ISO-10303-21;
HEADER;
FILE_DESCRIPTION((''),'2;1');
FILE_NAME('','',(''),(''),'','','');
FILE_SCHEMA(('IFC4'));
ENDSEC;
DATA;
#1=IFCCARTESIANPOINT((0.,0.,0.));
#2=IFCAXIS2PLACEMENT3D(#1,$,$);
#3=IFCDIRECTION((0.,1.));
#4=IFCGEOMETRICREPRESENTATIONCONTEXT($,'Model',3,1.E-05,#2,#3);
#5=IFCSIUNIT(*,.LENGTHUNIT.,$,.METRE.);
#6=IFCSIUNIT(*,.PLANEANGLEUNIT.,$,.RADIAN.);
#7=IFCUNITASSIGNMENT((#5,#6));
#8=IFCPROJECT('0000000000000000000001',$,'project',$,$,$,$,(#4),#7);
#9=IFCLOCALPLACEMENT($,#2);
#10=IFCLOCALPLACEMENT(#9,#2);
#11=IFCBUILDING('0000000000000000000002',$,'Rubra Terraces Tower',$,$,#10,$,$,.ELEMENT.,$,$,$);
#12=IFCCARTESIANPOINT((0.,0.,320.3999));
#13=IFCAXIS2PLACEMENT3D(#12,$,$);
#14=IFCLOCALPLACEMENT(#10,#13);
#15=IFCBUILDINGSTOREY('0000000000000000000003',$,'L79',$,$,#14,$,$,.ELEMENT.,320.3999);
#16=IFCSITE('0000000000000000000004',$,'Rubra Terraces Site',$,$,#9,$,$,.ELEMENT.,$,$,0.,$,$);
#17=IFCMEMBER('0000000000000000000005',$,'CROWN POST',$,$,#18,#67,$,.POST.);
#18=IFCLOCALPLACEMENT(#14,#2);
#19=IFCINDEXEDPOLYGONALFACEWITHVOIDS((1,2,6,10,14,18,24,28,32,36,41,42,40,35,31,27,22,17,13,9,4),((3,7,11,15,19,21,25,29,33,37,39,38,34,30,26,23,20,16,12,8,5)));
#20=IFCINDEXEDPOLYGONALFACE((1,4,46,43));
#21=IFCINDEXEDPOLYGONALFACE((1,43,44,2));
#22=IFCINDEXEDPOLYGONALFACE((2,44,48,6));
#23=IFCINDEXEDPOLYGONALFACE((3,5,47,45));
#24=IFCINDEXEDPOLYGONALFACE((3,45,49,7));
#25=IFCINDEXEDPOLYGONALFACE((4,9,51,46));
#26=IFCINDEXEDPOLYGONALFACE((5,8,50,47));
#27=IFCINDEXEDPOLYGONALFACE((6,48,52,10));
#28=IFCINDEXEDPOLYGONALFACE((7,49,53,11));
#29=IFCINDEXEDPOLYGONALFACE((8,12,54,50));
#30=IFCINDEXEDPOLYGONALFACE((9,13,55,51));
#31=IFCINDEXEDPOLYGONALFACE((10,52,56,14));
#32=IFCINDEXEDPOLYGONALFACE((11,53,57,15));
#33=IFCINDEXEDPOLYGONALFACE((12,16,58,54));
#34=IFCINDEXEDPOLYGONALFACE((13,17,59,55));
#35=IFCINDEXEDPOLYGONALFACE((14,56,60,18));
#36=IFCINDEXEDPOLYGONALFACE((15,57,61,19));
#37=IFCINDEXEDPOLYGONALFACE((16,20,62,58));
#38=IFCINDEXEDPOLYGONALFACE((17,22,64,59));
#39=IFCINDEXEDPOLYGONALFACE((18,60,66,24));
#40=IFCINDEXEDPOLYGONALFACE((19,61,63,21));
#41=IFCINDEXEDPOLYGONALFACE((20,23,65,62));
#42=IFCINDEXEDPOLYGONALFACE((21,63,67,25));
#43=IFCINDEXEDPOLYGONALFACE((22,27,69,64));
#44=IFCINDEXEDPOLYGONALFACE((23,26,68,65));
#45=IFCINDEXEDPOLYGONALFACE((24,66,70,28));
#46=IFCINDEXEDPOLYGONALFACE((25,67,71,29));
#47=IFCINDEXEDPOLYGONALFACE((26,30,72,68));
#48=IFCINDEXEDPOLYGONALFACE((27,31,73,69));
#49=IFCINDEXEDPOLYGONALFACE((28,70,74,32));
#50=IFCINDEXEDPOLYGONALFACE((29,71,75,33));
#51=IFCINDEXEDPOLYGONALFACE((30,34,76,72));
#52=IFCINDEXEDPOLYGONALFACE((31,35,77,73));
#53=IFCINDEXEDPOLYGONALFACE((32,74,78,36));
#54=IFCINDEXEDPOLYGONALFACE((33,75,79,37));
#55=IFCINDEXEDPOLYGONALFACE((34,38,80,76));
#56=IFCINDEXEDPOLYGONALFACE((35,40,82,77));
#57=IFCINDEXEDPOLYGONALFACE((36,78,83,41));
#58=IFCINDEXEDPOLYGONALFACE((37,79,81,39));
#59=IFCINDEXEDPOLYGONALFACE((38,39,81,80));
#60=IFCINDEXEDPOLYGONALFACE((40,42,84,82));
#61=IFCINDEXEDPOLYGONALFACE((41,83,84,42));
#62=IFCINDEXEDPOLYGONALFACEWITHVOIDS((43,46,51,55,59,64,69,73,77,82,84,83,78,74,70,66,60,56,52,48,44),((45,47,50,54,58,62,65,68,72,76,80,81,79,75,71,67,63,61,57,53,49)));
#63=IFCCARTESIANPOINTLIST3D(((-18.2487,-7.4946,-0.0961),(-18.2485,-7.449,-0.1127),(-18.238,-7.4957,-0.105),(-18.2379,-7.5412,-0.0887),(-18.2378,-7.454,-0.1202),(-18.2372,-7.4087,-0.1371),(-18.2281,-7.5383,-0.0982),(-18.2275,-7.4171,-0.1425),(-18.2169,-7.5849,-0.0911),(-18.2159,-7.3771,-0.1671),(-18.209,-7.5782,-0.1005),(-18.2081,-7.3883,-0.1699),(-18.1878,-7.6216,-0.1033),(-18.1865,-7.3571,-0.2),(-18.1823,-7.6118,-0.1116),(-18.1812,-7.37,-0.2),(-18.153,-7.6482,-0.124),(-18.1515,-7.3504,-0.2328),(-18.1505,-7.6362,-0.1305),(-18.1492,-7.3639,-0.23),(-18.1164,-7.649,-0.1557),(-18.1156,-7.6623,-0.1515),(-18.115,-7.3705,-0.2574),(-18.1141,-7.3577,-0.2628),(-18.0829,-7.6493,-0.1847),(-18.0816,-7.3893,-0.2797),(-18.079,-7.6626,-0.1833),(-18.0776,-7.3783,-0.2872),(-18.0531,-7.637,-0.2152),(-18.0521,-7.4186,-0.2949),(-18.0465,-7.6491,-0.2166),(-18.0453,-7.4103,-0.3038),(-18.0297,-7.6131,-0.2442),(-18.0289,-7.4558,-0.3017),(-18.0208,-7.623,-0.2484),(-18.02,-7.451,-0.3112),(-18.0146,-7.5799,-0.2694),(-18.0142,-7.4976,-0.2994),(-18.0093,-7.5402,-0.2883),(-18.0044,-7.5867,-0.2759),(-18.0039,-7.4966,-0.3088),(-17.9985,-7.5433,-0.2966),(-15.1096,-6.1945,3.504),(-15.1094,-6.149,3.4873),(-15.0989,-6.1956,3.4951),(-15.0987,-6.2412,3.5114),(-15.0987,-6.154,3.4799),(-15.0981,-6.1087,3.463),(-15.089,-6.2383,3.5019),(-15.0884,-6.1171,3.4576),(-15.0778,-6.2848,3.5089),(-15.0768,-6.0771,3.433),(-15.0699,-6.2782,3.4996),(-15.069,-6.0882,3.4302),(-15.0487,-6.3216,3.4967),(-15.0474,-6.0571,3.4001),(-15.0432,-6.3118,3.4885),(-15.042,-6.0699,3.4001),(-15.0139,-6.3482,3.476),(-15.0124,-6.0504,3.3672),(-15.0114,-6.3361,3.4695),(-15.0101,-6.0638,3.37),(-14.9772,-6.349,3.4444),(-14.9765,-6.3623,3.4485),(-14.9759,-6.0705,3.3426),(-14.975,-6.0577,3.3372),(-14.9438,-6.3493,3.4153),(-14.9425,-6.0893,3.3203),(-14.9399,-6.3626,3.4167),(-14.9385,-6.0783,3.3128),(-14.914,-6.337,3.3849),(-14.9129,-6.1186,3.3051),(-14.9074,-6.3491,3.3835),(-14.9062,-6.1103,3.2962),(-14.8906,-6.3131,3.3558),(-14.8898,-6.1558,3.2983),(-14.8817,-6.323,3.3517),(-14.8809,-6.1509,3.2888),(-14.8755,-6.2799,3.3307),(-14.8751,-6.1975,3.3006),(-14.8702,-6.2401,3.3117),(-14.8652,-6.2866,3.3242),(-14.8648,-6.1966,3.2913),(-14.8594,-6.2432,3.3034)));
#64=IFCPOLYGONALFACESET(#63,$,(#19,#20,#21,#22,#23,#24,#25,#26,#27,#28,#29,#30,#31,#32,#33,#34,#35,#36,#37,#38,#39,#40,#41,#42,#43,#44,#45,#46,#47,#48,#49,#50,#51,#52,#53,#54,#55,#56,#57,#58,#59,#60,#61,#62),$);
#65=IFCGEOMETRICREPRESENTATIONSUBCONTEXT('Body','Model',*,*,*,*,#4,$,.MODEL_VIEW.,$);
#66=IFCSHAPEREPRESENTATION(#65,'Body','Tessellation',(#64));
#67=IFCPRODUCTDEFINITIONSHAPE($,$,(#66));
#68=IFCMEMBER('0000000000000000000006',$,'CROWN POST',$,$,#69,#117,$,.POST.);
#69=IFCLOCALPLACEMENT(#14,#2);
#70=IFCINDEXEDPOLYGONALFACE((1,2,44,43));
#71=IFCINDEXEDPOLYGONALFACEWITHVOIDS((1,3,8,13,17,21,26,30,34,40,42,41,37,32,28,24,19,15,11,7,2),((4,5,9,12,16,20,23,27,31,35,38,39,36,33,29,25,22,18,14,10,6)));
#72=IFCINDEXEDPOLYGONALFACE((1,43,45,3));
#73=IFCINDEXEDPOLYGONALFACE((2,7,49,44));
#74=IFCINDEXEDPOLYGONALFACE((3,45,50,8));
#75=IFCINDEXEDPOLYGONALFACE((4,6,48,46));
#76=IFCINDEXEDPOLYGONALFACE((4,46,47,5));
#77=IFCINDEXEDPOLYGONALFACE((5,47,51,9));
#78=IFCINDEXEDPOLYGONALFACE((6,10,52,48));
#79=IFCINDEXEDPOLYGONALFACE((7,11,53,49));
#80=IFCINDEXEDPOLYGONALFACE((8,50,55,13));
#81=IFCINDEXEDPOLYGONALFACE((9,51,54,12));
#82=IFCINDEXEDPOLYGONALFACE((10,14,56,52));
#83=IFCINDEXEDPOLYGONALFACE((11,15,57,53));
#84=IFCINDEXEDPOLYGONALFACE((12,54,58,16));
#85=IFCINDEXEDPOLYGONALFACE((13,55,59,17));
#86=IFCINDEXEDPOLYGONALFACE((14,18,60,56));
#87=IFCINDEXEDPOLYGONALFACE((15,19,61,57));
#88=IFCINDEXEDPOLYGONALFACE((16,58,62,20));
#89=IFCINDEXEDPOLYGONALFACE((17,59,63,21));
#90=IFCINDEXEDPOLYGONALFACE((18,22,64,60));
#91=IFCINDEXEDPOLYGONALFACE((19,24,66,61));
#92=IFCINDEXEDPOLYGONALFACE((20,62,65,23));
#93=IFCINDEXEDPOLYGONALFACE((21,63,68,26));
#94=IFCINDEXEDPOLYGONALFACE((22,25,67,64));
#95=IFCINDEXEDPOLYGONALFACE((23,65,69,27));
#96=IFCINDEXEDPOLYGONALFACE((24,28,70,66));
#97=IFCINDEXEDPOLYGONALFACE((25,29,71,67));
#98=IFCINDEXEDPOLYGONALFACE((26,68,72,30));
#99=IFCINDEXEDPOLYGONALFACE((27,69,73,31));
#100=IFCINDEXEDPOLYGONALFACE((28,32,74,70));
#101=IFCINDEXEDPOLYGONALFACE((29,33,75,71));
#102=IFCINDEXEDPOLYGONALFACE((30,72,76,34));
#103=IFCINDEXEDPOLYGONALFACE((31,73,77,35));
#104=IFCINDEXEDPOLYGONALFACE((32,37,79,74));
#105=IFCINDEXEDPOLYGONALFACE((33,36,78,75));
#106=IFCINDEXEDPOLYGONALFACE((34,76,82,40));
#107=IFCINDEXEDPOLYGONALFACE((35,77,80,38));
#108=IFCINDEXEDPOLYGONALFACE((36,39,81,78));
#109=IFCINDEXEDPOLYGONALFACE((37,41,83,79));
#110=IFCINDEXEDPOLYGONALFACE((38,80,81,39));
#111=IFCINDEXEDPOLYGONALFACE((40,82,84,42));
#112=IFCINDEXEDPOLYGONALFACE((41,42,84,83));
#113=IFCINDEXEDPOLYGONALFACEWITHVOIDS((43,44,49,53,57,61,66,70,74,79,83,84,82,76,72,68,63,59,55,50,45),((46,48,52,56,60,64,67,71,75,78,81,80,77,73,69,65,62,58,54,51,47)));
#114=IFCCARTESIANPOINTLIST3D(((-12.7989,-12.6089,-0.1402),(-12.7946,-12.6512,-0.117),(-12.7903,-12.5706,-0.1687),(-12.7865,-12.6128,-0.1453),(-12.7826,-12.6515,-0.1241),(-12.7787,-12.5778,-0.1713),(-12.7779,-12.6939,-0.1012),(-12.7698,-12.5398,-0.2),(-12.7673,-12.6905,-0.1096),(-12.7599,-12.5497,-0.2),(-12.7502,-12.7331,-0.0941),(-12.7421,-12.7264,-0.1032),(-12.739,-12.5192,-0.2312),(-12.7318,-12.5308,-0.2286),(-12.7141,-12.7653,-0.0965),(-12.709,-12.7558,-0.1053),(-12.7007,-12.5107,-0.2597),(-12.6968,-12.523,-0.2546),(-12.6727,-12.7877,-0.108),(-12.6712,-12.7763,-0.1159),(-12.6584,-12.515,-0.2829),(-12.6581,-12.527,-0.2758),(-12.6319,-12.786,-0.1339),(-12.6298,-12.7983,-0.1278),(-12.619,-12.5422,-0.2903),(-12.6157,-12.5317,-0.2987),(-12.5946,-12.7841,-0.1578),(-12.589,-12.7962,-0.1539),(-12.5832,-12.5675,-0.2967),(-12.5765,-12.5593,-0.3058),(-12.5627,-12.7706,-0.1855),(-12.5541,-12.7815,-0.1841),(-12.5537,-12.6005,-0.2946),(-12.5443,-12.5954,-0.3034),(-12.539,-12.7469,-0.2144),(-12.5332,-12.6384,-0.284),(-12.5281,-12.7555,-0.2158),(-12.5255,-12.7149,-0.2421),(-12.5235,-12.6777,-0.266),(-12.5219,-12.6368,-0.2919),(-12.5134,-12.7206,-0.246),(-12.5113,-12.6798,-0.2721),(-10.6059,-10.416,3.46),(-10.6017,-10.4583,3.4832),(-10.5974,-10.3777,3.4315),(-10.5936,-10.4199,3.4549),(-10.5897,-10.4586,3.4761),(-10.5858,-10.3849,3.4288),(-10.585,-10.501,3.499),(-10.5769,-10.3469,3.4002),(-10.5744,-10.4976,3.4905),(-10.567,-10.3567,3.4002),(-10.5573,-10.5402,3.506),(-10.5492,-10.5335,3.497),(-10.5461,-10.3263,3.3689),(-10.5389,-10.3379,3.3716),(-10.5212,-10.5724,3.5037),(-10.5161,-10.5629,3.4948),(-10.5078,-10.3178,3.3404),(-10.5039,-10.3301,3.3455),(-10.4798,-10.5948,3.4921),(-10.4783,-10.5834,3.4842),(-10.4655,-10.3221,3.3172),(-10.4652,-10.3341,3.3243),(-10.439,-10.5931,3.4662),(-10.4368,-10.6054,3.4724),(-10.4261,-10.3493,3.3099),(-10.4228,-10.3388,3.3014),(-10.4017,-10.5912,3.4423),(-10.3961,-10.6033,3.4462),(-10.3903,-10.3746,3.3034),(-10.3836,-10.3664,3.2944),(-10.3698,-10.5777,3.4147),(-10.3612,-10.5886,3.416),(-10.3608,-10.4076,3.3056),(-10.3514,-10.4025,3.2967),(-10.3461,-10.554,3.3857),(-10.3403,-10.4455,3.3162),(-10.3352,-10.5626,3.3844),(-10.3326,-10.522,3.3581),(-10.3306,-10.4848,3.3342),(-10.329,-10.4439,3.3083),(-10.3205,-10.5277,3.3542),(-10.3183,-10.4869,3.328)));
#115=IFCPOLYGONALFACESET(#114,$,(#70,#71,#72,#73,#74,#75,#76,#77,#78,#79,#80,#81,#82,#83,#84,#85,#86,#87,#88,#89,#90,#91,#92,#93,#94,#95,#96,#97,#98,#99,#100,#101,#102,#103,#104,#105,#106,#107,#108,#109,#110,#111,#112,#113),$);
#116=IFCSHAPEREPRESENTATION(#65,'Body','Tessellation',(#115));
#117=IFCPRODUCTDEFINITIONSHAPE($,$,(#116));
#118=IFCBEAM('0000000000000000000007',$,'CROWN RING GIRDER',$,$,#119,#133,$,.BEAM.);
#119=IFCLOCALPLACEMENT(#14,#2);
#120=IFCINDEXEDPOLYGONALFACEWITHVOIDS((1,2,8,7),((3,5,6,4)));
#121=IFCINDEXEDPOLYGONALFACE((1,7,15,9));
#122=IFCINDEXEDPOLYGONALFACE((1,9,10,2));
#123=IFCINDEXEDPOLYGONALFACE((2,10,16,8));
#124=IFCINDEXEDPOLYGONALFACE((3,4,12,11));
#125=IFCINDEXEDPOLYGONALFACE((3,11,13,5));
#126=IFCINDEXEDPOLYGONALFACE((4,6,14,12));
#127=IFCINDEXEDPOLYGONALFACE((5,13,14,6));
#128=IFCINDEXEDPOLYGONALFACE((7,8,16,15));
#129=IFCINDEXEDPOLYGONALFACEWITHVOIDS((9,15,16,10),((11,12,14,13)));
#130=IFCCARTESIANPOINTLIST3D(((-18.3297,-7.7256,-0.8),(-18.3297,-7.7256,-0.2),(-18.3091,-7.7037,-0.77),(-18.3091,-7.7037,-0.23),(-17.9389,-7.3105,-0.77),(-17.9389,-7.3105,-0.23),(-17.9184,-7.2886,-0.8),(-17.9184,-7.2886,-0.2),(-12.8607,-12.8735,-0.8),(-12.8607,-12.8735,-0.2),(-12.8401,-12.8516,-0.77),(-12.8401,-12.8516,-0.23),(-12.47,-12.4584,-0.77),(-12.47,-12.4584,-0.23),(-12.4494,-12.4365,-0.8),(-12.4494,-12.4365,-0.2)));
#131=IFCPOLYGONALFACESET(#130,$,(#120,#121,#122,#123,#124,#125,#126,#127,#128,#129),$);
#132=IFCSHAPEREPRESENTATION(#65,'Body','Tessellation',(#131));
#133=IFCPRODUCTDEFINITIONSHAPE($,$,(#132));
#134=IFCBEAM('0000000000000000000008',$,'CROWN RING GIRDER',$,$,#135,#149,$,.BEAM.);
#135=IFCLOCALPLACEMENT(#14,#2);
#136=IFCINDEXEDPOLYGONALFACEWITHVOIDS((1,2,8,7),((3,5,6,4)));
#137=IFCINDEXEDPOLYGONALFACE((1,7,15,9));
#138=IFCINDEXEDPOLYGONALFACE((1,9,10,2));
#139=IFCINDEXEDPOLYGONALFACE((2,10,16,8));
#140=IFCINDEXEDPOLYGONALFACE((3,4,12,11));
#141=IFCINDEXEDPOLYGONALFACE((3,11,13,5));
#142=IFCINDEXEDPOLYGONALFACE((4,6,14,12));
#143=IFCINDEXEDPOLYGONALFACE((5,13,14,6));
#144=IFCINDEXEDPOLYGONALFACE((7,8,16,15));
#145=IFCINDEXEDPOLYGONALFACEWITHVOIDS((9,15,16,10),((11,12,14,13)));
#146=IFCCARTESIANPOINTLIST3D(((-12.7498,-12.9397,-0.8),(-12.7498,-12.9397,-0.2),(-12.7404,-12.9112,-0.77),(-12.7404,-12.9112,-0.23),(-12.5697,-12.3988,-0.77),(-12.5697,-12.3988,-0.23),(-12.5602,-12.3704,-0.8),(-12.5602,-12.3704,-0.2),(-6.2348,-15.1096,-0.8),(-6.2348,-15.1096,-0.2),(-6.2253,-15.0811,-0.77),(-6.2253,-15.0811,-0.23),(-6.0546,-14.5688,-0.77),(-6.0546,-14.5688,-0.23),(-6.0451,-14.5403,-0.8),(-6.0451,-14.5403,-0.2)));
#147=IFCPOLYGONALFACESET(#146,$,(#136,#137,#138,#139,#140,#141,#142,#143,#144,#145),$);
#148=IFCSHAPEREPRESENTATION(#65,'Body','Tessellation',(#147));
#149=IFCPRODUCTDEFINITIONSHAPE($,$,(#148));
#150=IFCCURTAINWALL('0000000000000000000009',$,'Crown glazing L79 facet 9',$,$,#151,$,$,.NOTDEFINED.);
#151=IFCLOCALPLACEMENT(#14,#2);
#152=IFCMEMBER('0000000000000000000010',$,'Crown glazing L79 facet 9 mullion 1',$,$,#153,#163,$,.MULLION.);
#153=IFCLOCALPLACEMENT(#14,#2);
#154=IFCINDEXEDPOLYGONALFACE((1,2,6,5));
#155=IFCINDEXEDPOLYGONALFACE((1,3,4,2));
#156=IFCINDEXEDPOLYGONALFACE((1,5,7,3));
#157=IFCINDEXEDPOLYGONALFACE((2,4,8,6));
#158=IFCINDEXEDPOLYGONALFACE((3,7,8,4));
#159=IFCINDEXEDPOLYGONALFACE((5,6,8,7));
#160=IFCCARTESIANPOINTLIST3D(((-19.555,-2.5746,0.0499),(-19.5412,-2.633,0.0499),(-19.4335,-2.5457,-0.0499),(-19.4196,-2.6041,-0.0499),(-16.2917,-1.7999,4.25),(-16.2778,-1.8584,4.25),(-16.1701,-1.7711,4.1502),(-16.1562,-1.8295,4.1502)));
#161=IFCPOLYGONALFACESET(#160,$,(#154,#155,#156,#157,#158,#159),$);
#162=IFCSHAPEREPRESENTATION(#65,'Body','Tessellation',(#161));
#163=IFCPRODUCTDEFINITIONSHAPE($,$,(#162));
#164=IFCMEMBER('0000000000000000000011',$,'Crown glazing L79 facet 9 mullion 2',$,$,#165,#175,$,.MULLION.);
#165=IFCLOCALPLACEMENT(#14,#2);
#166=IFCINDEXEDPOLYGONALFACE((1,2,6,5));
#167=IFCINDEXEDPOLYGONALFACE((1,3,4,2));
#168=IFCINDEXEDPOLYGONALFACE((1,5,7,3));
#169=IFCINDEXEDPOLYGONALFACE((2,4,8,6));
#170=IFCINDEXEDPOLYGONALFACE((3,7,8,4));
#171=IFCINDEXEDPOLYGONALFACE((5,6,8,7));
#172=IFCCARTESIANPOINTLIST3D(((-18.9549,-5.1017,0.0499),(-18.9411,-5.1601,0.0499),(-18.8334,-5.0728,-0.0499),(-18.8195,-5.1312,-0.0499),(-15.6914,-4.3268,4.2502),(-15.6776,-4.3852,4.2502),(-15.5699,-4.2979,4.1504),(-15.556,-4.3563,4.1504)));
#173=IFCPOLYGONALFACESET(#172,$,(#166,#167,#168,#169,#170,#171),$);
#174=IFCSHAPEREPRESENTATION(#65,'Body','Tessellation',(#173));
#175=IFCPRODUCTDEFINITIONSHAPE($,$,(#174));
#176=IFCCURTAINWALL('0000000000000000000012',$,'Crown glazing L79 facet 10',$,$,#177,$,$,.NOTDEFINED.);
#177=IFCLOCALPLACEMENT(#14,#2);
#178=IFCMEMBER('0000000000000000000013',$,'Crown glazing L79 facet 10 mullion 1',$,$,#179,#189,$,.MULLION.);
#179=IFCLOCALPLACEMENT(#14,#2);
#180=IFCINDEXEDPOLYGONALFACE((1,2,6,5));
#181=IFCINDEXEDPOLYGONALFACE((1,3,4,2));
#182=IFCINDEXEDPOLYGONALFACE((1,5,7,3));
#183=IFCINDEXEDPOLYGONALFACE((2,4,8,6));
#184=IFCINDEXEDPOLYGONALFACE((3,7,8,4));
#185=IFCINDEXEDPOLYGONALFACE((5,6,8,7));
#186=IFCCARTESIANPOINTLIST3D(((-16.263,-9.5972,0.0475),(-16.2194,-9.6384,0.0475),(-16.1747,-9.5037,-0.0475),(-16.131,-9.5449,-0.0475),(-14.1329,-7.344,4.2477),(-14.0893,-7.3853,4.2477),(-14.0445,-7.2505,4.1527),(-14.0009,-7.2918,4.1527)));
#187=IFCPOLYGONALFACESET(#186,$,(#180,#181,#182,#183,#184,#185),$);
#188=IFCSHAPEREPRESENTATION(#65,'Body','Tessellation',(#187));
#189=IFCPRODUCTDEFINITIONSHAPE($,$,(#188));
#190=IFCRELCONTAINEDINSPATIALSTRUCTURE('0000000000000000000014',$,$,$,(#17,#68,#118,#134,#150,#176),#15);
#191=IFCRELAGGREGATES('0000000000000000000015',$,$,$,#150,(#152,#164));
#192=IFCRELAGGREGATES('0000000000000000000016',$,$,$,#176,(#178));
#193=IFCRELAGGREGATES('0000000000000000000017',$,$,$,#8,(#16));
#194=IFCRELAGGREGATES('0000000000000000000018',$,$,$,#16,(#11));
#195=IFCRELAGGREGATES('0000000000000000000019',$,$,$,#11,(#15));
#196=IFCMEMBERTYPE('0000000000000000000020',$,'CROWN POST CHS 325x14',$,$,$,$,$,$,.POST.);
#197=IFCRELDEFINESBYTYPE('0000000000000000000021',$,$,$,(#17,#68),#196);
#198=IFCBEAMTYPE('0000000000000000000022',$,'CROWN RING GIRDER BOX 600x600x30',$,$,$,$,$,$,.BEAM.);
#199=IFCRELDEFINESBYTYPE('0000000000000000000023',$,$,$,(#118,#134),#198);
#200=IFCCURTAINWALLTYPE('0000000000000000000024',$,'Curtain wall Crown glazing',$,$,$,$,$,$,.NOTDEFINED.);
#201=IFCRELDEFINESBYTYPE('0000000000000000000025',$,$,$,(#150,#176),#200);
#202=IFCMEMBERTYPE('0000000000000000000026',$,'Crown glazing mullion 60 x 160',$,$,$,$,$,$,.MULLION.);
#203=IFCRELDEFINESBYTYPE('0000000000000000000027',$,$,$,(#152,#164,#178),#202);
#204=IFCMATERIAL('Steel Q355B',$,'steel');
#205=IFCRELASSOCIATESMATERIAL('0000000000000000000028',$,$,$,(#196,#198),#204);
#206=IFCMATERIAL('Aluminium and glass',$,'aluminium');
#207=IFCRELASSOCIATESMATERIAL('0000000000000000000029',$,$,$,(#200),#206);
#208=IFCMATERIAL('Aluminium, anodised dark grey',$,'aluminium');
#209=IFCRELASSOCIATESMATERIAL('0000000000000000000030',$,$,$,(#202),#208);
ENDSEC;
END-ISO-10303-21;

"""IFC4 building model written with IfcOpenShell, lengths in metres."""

from ifc_helpers import new_model, si_unit, direction, frame, origin, origin_2d, place, context, subcontext, project, spatial, rectangle, hollow_rectangle, hollow_circle, extrude, material, material_profile, profile_set, type_object, element, aggregate, save


model = new_model("IFC4")

# Units and contexts
model_context = context("Model", 3, precision=1e-05, world=origin(), true_north=direction((0.0, 1.0)))
body_context = subcontext(model_context, "Body", "Model", "MODEL_VIEW")
ifc_project = project(units=[si_unit("LENGTHUNIT", "METRE"), si_unit("PLANEANGLEUNIT", "RADIAN")], contexts=[model_context])

# Site, building, storey
site_placement = place(None, origin())
site = spatial("IfcSite", under=ifc_project, at=site_placement, Name="Rubra Terraces Site", CompositionType="ELEMENT", RefElevation=0.0)
building_placement = place(site_placement, origin())
building = spatial("IfcBuilding", under=site, at=building_placement, Name="Rubra Terraces Tower", CompositionType="ELEMENT")
storey_placement = place(building_placement, frame((0.0, 0.0, 320.3999)))
storey = spatial("IfcBuildingStorey", under=building, at=storey_placement, Name="L79", CompositionType="ELEMENT", Elevation=320.3999)

# Members
ifc_material_1 = material(Name="Steel Q355B", Category="steel")
ifc_material_profile_1 = material_profile(ifc_material_1, hollow_circle(Radius=0.1626, WallThickness=0.0139, at=origin_2d()), Name="CHS 325x14")
ifc_profile_set_1 = profile_set([ifc_material_profile_1], Name="Steel Q355B")
member_type_1 = type_object("IfcMemberType", Name="CROWN POST CHS 325x14", PredefinedType="POST", material=ifc_profile_set_1)
member_1_placement = place(storey_placement, frame((-18.1243, -7.5073, -0.2), z_axis=(0.634139, 0.262622, 0.727253), x_axis=(-0.382625, 0.923904, 0.0)))
element("IfcMember", 1, at=member_1_placement, inside=storey, type_object=member_type_1, Name="CROWN POST", PredefinedType="POST", context=body_context, shape_type="SweptSolid", body=[
    extrude(hollow_circle(Radius=0.1626, WallThickness=0.0139, at=origin_2d()), origin(), (0.0, 0.0, 1.0), 4.9502),
])
member_2_placement = place(storey_placement, frame((-12.6548, -12.6548, -0.2), z_axis=(0.461498, 0.461498, 0.757654), x_axis=(-0.707107, 0.707107, 0.0)))
element("IfcMember", 2, at=member_2_placement, inside=storey, type_object=member_type_1, Name="CROWN POST", PredefinedType="POST", context=body_context, shape_type="SweptSolid", body=[
    extrude(hollow_circle(Radius=0.1626, WallThickness=0.0139, at=origin_2d()), origin(), (0.0, 0.0, 1.0), 4.7517),
])

# Beams
ifc_material_profile_2 = material_profile(ifc_material_1, hollow_rectangle(XDim=0.6001, YDim=0.6001, WallThickness=0.03, at=origin_2d()), Name="BOX 600x600x30")
ifc_profile_set_2 = profile_set([ifc_material_profile_2], Name="Steel Q355B")
beam_type_1 = type_object("IfcBeamType", Name="CROWN RING GIRDER BOX 600x600x30", PredefinedType="BEAM", material=ifc_profile_set_2)
beam_1_placement = place(storey_placement, frame((-18.124, -7.5071, -0.5), z_axis=(0.728156, -0.685411, 0.0), x_axis=(0.685411, 0.728156, 0.0)))
element("IfcBeam", 3, at=beam_1_placement, inside=storey, type_object=beam_type_1, Name="CROWN RING GIRDER", PredefinedType="BEAM", context=body_context, shape_type="SweptSolid", body=[
    extrude(hollow_rectangle(XDim=0.6001, YDim=0.6001, WallThickness=0.03, at=origin_2d()), origin(), (0.0, 0.0, 1.0), 7.5107),
])
beam_2_placement = place(storey_placement, frame((-12.655, -12.655, -0.5), z_axis=(0.948761, -0.315993, 0.0), x_axis=(0.315993, 0.948761, 0.0)))
element("IfcBeam", 4, at=beam_2_placement, inside=storey, type_object=beam_type_1, Name="CROWN RING GIRDER", PredefinedType="BEAM", context=body_context, shape_type="SweptSolid", body=[
    extrude(hollow_rectangle(XDim=0.6001, YDim=0.6001, WallThickness=0.03, at=origin_2d()), origin(), (0.0, 0.0, 1.0), 6.8669),
])

# Curtain walls, members
ifc_material_2 = material(Name="Aluminium and glass", Category="aluminium")
curtain_wall_type = type_object("IfcCurtainWallType", Name="Curtain wall Crown glazing", PredefinedType="NOTDEFINED", material=ifc_material_2)
curtain_wall_1_placement = place(storey_placement, origin())
curtain_wall_1 = element("IfcCurtainWall", 5, at=curtain_wall_1_placement, inside=storey, type_object=curtain_wall_type, Name="Crown glazing L79 facet 9", PredefinedType="NOTDEFINED")
ifc_material_3 = material(Name="Aluminium, anodised dark grey", Category="aluminium")
ifc_material_profile_3 = material_profile(ifc_material_3, rectangle(XDim=0.0601, YDim=0.1599, at=origin_2d()), Name="AL 60x160")
ifc_profile_set_3 = profile_set([ifc_material_profile_3], Name="Aluminium, anodised dark grey")
member_type_2 = type_object("IfcMemberType", Name="Crown glazing mullion 60 x 160", PredefinedType="MULLION", material=ifc_profile_set_3)
member_3_placement = place(storey_placement, frame((-19.4873, -2.5894, 0.0), z_axis=(0.607138, 0.14412, 0.781417), x_axis=(-0.230958, 0.972964, 0.0)))
member_3 = element("IfcMember", 6, at=member_3_placement, type_object=member_type_2, Name="Crown glazing L79 facet 9 mullion 1", PredefinedType="MULLION", context=body_context, shape_type="SweptSolid", body=[
    extrude(rectangle(XDim=0.0601, YDim=0.1599, at=origin_2d()), origin(), (0.0, 0.0, 1.0), 5.375),
])
member_4_placement = place(storey_placement, frame((-18.8872, -5.1165, 0.0), z_axis=(0.607134, 0.144164, 0.781412), x_axis=(-0.231027, 0.972947, 0.0)))
member_4 = element("IfcMember", 7, at=member_4_placement, type_object=member_type_2, Name="Crown glazing L79 facet 9 mullion 2", PredefinedType="MULLION", context=body_context, shape_type="SweptSolid", body=[
    extrude(rectangle(XDim=0.0601, YDim=0.1599, at=origin_2d()), origin(), (0.0, 0.0, 1.0), 5.3752),
])
curtain_wall_2_placement = place(storey_placement, origin())
curtain_wall_2 = element("IfcCurtainWall", 8, at=curtain_wall_2_placement, inside=storey, type_object=curtain_wall_type, Name="Crown glazing L79 facet 10", PredefinedType="NOTDEFINED")
member_5_placement = place(storey_placement, frame((-16.197, -9.571, 0.0), z_axis=(0.408014, 0.431583, 0.804525), x_axis=(-0.72667, 0.686986, 0.0)))
member_5 = element("IfcMember", 9, at=member_5_placement, type_object=member_type_2, Name="Crown glazing L79 facet 10 mullion 1", PredefinedType="MULLION", context=body_context, shape_type="SweptSolid", body=[
    extrude(rectangle(XDim=0.0601, YDim=0.1599, at=origin_2d()), origin(), (0.0, 0.0, 1.0), 5.2207),
])

aggregate(curtain_wall_1, [member_3, member_4])
aggregate(curtain_wall_2, [member_5])

save(model, "model.ifc")
